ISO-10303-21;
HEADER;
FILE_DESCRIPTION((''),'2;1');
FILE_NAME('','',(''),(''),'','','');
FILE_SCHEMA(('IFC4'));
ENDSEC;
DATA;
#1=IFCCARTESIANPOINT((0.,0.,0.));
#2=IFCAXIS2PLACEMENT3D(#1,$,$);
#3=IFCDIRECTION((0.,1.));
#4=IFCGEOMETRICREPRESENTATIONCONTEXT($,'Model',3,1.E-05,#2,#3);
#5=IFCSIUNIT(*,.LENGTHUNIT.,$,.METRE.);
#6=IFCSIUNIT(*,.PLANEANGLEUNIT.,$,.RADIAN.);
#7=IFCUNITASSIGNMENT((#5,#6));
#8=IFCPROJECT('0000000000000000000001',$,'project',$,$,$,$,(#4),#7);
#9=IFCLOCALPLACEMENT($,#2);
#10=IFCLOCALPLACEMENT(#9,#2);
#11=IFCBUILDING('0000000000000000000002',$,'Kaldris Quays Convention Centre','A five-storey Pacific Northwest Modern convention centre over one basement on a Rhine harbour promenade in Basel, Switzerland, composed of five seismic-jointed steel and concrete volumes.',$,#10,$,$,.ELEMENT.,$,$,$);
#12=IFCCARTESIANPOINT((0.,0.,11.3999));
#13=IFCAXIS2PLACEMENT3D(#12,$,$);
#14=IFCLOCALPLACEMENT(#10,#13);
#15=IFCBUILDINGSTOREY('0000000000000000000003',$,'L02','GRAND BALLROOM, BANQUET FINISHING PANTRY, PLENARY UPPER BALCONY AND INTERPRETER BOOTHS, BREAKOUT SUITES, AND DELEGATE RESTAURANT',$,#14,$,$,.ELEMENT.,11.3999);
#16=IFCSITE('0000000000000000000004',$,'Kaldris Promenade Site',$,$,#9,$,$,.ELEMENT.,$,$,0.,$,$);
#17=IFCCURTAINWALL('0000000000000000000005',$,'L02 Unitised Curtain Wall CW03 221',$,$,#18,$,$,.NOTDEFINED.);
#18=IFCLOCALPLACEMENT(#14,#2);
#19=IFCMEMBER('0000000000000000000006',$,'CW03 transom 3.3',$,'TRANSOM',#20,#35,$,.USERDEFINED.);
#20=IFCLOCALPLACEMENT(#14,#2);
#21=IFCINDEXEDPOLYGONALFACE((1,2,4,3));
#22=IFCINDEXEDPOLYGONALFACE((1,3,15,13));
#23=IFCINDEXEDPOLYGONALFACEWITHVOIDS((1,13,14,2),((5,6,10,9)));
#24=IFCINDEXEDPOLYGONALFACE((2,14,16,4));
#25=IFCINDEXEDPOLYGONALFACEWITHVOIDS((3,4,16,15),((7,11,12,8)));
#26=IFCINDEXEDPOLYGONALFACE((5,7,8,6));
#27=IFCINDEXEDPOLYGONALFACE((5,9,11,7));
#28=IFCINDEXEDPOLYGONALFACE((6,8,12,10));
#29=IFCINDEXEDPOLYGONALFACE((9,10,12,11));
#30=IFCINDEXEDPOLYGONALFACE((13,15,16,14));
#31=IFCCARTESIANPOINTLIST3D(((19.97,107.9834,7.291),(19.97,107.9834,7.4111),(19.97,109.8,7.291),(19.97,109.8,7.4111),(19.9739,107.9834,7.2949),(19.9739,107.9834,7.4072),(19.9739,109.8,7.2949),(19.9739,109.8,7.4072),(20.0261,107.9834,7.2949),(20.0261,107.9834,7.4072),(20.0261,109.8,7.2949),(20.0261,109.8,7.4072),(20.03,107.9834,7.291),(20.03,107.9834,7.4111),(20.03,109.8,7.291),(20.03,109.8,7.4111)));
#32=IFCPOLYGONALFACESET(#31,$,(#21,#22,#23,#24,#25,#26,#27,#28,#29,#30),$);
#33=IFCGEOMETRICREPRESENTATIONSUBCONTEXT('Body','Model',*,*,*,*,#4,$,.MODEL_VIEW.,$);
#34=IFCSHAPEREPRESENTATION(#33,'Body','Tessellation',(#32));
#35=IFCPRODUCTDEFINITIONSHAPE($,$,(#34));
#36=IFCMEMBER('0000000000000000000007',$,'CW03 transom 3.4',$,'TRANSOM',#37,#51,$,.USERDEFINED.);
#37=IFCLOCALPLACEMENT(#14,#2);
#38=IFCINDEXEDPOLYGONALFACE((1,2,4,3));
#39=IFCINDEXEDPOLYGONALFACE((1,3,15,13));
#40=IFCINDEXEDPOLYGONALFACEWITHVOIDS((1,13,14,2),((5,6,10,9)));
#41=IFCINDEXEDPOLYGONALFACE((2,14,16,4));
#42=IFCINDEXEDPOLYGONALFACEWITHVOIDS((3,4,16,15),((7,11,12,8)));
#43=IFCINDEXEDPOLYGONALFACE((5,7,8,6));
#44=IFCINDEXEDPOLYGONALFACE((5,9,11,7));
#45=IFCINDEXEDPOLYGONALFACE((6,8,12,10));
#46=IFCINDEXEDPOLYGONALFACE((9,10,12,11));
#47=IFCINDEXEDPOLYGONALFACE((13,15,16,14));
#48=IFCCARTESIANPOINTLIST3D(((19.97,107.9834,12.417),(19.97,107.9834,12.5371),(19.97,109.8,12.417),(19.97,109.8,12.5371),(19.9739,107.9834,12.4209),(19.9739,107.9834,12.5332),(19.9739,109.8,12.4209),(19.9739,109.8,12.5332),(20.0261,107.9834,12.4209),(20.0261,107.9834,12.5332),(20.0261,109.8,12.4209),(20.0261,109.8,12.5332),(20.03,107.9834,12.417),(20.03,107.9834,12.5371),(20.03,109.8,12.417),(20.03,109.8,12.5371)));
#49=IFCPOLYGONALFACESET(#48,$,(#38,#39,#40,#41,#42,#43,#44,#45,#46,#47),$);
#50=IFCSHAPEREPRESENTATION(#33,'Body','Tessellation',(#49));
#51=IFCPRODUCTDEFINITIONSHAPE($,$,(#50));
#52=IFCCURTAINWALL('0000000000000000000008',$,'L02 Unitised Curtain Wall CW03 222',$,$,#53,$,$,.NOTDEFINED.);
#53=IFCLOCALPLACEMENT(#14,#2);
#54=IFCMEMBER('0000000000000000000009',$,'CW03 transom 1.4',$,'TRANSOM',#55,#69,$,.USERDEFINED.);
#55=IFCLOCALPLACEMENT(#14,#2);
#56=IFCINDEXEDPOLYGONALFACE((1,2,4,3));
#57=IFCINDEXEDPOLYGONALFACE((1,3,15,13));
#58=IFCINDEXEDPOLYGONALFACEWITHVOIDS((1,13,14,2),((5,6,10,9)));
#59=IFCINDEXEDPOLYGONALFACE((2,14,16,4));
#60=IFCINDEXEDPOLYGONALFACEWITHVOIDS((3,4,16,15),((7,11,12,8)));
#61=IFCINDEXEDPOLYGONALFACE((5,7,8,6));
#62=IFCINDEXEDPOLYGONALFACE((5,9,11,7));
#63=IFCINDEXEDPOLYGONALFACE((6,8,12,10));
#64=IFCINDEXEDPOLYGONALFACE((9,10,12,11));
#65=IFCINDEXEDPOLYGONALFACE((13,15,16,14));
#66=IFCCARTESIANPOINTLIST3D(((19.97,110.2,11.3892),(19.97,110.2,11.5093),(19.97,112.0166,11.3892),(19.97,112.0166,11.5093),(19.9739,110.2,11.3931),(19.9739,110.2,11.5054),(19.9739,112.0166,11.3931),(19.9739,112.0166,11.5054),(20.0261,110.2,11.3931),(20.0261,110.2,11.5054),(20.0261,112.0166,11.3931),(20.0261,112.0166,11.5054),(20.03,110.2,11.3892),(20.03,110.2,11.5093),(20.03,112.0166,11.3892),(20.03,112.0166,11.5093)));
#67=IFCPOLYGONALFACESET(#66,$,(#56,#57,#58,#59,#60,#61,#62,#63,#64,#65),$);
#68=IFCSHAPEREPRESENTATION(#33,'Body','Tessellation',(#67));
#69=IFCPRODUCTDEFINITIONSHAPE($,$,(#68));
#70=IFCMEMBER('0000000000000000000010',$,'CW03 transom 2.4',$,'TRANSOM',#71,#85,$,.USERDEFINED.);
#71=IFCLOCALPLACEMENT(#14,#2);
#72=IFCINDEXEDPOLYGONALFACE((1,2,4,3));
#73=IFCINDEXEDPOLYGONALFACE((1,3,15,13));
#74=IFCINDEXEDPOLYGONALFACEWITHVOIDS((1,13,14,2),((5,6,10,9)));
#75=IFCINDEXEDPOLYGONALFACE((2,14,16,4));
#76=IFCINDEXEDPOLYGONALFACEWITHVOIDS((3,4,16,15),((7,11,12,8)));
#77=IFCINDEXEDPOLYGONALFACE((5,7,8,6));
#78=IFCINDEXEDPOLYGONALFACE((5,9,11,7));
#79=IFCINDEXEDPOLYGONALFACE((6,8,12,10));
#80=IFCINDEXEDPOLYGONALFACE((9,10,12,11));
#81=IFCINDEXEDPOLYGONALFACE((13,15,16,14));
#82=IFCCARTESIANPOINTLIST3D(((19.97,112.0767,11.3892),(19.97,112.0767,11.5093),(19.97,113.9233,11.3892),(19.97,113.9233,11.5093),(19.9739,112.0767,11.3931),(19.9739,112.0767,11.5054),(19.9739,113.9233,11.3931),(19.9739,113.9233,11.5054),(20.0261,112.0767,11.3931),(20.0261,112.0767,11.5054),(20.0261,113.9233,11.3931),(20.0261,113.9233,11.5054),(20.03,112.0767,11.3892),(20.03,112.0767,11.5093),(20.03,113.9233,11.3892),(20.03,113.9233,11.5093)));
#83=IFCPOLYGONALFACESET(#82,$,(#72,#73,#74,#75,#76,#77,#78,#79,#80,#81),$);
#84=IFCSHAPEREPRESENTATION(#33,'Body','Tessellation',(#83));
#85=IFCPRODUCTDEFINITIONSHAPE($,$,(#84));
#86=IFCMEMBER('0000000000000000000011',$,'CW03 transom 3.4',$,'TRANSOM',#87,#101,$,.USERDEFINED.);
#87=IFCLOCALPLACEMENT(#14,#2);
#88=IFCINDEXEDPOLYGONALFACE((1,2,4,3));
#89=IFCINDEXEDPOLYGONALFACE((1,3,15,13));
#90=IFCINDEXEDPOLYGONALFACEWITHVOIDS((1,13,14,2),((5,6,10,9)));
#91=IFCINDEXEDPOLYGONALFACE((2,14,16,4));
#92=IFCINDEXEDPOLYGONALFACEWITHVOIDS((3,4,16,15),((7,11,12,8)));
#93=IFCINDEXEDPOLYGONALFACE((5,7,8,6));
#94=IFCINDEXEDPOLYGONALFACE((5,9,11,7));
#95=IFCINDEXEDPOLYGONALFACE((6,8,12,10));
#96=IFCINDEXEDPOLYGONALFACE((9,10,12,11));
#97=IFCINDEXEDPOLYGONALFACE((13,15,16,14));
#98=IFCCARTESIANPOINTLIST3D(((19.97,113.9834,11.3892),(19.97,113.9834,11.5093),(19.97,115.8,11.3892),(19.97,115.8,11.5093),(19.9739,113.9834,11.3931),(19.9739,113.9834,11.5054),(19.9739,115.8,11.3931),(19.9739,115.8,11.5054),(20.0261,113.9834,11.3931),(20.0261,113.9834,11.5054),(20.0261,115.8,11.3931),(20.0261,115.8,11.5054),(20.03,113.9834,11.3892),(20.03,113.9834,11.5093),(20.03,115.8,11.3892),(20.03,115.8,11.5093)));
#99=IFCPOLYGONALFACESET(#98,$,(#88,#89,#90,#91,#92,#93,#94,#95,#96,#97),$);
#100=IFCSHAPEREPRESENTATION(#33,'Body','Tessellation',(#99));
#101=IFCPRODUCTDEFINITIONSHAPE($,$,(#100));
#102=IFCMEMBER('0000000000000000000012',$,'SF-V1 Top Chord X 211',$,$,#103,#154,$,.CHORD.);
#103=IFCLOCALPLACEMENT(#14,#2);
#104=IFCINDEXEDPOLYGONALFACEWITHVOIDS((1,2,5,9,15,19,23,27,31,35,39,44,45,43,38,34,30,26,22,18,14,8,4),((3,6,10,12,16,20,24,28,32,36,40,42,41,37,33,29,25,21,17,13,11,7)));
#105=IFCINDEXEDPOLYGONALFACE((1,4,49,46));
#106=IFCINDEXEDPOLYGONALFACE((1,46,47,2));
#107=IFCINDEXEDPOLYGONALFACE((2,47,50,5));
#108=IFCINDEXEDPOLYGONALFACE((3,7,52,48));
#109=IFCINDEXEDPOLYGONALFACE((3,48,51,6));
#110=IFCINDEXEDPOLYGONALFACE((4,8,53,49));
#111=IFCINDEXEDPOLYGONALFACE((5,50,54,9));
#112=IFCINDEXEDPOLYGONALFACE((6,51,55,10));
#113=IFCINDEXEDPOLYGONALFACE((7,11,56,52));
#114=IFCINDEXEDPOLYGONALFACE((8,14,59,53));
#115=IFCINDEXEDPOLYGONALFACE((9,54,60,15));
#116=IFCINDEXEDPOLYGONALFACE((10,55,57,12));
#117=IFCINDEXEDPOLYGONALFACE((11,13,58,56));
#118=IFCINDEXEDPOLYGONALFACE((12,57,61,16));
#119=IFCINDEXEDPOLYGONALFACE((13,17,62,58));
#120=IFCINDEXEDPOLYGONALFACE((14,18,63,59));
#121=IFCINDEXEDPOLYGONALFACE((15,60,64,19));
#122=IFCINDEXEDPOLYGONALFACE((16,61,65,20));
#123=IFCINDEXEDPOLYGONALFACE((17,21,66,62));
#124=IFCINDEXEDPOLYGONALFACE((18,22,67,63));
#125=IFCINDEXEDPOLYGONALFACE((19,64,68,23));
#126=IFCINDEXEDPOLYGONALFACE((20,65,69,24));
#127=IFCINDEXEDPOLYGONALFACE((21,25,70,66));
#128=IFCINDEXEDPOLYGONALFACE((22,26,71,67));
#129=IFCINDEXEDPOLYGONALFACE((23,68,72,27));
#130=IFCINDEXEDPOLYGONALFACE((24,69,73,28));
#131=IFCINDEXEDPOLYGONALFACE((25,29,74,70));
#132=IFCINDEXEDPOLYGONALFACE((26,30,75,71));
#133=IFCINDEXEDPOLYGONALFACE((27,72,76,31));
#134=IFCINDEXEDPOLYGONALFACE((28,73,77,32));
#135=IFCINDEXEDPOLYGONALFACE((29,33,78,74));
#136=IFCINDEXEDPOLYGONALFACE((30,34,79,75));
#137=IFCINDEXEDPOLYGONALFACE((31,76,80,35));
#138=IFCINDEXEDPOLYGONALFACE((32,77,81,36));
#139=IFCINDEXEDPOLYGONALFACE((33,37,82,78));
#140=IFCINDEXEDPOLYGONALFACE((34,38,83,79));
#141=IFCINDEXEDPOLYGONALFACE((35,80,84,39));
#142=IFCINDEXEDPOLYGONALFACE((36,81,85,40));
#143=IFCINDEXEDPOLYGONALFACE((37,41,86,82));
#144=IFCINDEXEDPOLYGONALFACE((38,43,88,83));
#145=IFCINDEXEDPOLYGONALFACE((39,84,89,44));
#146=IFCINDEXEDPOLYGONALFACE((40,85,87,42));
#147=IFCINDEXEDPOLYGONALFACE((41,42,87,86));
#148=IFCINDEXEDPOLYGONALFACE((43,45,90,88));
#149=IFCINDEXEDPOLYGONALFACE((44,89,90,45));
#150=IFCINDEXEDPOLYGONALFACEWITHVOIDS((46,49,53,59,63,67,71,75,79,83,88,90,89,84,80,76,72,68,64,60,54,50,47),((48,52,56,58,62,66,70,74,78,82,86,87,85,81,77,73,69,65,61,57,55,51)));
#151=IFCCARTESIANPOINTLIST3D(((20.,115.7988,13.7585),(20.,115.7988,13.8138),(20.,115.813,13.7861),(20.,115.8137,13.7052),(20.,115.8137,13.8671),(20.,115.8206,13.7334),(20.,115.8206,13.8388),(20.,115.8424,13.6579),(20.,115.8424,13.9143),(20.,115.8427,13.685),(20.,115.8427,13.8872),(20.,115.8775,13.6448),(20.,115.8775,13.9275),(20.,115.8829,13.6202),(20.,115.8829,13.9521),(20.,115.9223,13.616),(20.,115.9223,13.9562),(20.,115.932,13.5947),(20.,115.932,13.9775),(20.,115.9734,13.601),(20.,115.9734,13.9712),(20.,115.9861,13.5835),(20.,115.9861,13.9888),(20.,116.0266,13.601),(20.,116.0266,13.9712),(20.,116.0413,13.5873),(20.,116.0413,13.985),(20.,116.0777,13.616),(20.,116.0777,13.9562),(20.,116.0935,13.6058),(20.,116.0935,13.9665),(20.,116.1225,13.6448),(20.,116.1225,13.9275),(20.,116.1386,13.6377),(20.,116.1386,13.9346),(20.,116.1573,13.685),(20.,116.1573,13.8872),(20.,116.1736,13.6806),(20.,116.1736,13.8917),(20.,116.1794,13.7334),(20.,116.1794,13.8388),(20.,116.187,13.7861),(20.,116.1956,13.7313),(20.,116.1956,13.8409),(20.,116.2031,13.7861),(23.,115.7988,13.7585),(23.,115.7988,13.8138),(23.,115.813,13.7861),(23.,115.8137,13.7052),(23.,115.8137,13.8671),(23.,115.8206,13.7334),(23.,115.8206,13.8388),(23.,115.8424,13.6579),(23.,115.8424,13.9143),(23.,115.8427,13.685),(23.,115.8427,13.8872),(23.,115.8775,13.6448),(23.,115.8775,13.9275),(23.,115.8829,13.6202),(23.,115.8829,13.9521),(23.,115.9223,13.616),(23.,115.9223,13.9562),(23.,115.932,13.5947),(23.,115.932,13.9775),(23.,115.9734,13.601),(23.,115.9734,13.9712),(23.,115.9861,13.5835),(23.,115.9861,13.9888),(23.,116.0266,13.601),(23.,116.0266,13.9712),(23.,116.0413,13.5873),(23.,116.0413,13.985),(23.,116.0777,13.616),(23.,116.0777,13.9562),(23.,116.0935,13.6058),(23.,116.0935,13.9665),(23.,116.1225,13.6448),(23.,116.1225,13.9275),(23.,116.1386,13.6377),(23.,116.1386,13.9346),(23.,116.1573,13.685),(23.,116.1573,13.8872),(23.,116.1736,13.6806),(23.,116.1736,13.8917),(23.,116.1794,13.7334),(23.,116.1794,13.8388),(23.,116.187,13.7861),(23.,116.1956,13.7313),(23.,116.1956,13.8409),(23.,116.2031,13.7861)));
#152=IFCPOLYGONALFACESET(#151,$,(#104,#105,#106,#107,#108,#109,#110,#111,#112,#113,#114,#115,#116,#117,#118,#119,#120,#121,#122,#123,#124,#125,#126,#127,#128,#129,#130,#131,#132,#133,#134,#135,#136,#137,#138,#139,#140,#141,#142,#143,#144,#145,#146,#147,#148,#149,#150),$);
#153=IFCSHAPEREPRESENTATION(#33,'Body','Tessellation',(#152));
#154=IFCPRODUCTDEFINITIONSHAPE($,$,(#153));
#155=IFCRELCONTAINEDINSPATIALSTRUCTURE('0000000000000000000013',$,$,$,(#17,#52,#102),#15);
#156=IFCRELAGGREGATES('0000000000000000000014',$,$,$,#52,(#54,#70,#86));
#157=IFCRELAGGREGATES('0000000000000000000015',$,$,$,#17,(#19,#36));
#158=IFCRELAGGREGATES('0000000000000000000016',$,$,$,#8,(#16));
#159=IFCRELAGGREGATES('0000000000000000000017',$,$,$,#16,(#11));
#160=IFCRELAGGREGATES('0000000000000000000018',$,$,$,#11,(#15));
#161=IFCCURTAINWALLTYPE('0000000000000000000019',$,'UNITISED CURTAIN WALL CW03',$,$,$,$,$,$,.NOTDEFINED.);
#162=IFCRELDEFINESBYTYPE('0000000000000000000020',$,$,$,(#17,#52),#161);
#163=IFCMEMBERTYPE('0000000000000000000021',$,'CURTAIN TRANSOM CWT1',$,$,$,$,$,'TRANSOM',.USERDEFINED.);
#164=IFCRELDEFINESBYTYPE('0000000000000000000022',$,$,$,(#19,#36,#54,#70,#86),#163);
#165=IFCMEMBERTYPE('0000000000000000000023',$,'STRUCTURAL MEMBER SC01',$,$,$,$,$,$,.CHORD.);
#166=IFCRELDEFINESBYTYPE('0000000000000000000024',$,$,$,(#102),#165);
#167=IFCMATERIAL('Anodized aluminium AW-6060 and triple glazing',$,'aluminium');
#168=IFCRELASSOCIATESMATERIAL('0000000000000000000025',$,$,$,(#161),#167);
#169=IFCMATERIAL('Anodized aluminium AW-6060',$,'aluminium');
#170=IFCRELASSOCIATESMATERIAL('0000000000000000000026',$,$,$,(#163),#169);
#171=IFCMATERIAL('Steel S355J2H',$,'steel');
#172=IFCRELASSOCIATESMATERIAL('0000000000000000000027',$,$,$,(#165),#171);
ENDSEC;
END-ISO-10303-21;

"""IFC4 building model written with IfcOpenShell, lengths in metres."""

from ifc_helpers import new_model, si_unit, direction, frame, origin, origin_2d, place, context, subcontext, project, spatial, hollow_rectangle, hollow_circle, extrude, material, material_profile, profile_set, type_object, element, aggregate, save


model = new_model("IFC4")

# Units and contexts
model_context = context("Model", 3, precision=1e-05, world=origin(), true_north=direction((0.0, 1.0)))
body_context = subcontext(model_context, "Body", "Model", "MODEL_VIEW")
ifc_project = project(units=[si_unit("LENGTHUNIT", "METRE"), si_unit("PLANEANGLEUNIT", "RADIAN")], contexts=[model_context])

# Site, building, storey
site_placement = place(None, origin())
site = spatial("IfcSite", under=ifc_project, at=site_placement, Name="Kaldris Promenade Site", CompositionType="ELEMENT", RefElevation=0.0)
building_placement = place(site_placement, origin())
building = spatial("IfcBuilding", under=site, at=building_placement, Name="Kaldris Quays Convention Centre", Description="A five-storey Pacific Northwest Modern convention centre over one basement on a Rhine harbour promenade in Basel, Switzerland, composed of five seismic-jointed steel and concrete volumes.", CompositionType="ELEMENT")
storey_placement = place(building_placement, frame((0.0, 0.0, 11.3999)))
storey = spatial("IfcBuildingStorey", under=building, at=storey_placement, Name="L02", Description="GRAND BALLROOM, BANQUET FINISHING PANTRY, PLENARY UPPER BALCONY AND INTERPRETER BOOTHS, BREAKOUT SUITES, AND DELEGATE RESTAURANT", CompositionType="ELEMENT", Elevation=11.3999)

# Curtain walls, members
ifc_material_1 = material(Name="Anodized aluminium AW-6060 and triple glazing", Category="aluminium")
curtain_wall_type = type_object("IfcCurtainWallType", Name="UNITISED CURTAIN WALL CW03", PredefinedType="NOTDEFINED", material=ifc_material_1)
curtain_wall_1_placement = place(storey_placement, origin())
curtain_wall_1 = element("IfcCurtainWall", 1, at=curtain_wall_1_placement, inside=storey, type_object=curtain_wall_type, Name="L02 Unitised Curtain Wall CW03 221", PredefinedType="NOTDEFINED")
ifc_material_2 = material(Name="Anodized aluminium AW-6060", Category="aluminium")
ifc_material_profile_1 = material_profile(ifc_material_2, hollow_rectangle(XDim=0.0601, YDim=0.1201, WallThickness=0.0039, at=origin_2d()), Name="RHS 120x60x4")
ifc_profile_set_1 = profile_set([ifc_material_profile_1], Name="Anodized aluminium AW-6060")
member_type_1 = type_object("IfcMemberType", Name="CURTAIN TRANSOM CWT1", ElementType="TRANSOM", PredefinedType="USERDEFINED", material=ifc_profile_set_1)
member_1_placement = place(storey_placement, frame((20.0, 107.9834, 7.3511), z_axis=(0.0, 1.0, 0.0), x_axis=(-1.0, 0.0, 0.0)))
member_1 = element("IfcMember", 2, at=member_1_placement, type_object=member_type_1, Name="CW03 transom 3.3", ObjectType="TRANSOM", PredefinedType="USERDEFINED", context=body_context, shape_type="SweptSolid", body=[
    extrude(hollow_rectangle(XDim=0.0601, YDim=0.1201, WallThickness=0.0039, at=origin_2d()), origin(), (0.0, 0.0, 1.0), 1.8167),
])
member_2_placement = place(storey_placement, frame((20.0, 107.9834, 12.4771), z_axis=(0.0, 1.0, 0.0), x_axis=(-1.0, 0.0, 0.0)))
member_2 = element("IfcMember", 3, at=member_2_placement, type_object=member_type_1, Name="CW03 transom 3.4", ObjectType="TRANSOM", PredefinedType="USERDEFINED", context=body_context, shape_type="SweptSolid", body=[
    extrude(hollow_rectangle(XDim=0.0601, YDim=0.1201, WallThickness=0.0039, at=origin_2d()), origin(), (0.0, 0.0, 1.0), 1.8167),
])
curtain_wall_2_placement = place(storey_placement, origin())
curtain_wall_2 = element("IfcCurtainWall", 4, at=curtain_wall_2_placement, inside=storey, type_object=curtain_wall_type, Name="L02 Unitised Curtain Wall CW03 222", PredefinedType="NOTDEFINED")
member_3_placement = place(storey_placement, frame((20.0, 110.2, 11.4492), z_axis=(0.0, 1.0, 0.0), x_axis=(-1.0, 0.0, 0.0)))
member_3 = element("IfcMember", 5, at=member_3_placement, type_object=member_type_1, Name="CW03 transom 1.4", ObjectType="TRANSOM", PredefinedType="USERDEFINED", context=body_context, shape_type="SweptSolid", body=[
    extrude(hollow_rectangle(XDim=0.0601, YDim=0.1201, WallThickness=0.0039, at=origin_2d()), origin(), (0.0, 0.0, 1.0), 1.8167),
])
member_4_placement = place(storey_placement, frame((20.0, 112.0767, 11.4492), z_axis=(0.0, 1.0, 0.0), x_axis=(-1.0, 0.0, 0.0)))
member_4 = element("IfcMember", 6, at=member_4_placement, type_object=member_type_1, Name="CW03 transom 2.4", ObjectType="TRANSOM", PredefinedType="USERDEFINED", context=body_context, shape_type="SweptSolid", body=[
    extrude(hollow_rectangle(XDim=0.0601, YDim=0.1201, WallThickness=0.0039, at=origin_2d()), origin(), (0.0, 0.0, 1.0), 1.8467),
])
member_5_placement = place(storey_placement, frame((20.0, 113.9834, 11.4492), z_axis=(0.0, 1.0, 0.0), x_axis=(-1.0, 0.0, 0.0)))
member_5 = element("IfcMember", 7, at=member_5_placement, type_object=member_type_1, Name="CW03 transom 3.4", ObjectType="TRANSOM", PredefinedType="USERDEFINED", context=body_context, shape_type="SweptSolid", body=[
    extrude(hollow_rectangle(XDim=0.0601, YDim=0.1201, WallThickness=0.0039, at=origin_2d()), origin(), (0.0, 0.0, 1.0), 1.8167),
])
aggregate(curtain_wall_2, [member_3, member_4, member_5])

# Member
ifc_material_3 = material(Name="Steel S355J2H", Category="steel")
ifc_material_profile_2 = material_profile(ifc_material_3, hollow_circle(Radius=0.2031, WallThickness=0.0161, at=origin_2d()), Name="CHS 406.4x16")
ifc_profile_set_2 = profile_set([ifc_material_profile_2], Name="Steel S355J2H")
member_type_2 = type_object("IfcMemberType", Name="STRUCTURAL MEMBER SC01", PredefinedType="CHORD", material=ifc_profile_set_2)
for number, where, z_axis, x_axis, name in (
    (8, (20.0, 116.0, 13.7861), (1.0, 0.0, 0.0), (0.0, 1.0, 0.0), "SF-V1 Top Chord X 211"),
):
    element("IfcMember", number, at=place(storey_placement, frame(where, z_axis=z_axis, x_axis=x_axis)), inside=storey, type_object=member_type_2, Name=name, PredefinedType="CHORD", context=body_context, shape_type="SweptSolid", body=[
        extrude(hollow_circle(Radius=0.2031, WallThickness=0.0161, at=origin_2d()), origin(), (0.0, 0.0, 1.0), 3.0),
    ])

aggregate(curtain_wall_1, [member_1, member_2])

save(model, "model.ifc")
